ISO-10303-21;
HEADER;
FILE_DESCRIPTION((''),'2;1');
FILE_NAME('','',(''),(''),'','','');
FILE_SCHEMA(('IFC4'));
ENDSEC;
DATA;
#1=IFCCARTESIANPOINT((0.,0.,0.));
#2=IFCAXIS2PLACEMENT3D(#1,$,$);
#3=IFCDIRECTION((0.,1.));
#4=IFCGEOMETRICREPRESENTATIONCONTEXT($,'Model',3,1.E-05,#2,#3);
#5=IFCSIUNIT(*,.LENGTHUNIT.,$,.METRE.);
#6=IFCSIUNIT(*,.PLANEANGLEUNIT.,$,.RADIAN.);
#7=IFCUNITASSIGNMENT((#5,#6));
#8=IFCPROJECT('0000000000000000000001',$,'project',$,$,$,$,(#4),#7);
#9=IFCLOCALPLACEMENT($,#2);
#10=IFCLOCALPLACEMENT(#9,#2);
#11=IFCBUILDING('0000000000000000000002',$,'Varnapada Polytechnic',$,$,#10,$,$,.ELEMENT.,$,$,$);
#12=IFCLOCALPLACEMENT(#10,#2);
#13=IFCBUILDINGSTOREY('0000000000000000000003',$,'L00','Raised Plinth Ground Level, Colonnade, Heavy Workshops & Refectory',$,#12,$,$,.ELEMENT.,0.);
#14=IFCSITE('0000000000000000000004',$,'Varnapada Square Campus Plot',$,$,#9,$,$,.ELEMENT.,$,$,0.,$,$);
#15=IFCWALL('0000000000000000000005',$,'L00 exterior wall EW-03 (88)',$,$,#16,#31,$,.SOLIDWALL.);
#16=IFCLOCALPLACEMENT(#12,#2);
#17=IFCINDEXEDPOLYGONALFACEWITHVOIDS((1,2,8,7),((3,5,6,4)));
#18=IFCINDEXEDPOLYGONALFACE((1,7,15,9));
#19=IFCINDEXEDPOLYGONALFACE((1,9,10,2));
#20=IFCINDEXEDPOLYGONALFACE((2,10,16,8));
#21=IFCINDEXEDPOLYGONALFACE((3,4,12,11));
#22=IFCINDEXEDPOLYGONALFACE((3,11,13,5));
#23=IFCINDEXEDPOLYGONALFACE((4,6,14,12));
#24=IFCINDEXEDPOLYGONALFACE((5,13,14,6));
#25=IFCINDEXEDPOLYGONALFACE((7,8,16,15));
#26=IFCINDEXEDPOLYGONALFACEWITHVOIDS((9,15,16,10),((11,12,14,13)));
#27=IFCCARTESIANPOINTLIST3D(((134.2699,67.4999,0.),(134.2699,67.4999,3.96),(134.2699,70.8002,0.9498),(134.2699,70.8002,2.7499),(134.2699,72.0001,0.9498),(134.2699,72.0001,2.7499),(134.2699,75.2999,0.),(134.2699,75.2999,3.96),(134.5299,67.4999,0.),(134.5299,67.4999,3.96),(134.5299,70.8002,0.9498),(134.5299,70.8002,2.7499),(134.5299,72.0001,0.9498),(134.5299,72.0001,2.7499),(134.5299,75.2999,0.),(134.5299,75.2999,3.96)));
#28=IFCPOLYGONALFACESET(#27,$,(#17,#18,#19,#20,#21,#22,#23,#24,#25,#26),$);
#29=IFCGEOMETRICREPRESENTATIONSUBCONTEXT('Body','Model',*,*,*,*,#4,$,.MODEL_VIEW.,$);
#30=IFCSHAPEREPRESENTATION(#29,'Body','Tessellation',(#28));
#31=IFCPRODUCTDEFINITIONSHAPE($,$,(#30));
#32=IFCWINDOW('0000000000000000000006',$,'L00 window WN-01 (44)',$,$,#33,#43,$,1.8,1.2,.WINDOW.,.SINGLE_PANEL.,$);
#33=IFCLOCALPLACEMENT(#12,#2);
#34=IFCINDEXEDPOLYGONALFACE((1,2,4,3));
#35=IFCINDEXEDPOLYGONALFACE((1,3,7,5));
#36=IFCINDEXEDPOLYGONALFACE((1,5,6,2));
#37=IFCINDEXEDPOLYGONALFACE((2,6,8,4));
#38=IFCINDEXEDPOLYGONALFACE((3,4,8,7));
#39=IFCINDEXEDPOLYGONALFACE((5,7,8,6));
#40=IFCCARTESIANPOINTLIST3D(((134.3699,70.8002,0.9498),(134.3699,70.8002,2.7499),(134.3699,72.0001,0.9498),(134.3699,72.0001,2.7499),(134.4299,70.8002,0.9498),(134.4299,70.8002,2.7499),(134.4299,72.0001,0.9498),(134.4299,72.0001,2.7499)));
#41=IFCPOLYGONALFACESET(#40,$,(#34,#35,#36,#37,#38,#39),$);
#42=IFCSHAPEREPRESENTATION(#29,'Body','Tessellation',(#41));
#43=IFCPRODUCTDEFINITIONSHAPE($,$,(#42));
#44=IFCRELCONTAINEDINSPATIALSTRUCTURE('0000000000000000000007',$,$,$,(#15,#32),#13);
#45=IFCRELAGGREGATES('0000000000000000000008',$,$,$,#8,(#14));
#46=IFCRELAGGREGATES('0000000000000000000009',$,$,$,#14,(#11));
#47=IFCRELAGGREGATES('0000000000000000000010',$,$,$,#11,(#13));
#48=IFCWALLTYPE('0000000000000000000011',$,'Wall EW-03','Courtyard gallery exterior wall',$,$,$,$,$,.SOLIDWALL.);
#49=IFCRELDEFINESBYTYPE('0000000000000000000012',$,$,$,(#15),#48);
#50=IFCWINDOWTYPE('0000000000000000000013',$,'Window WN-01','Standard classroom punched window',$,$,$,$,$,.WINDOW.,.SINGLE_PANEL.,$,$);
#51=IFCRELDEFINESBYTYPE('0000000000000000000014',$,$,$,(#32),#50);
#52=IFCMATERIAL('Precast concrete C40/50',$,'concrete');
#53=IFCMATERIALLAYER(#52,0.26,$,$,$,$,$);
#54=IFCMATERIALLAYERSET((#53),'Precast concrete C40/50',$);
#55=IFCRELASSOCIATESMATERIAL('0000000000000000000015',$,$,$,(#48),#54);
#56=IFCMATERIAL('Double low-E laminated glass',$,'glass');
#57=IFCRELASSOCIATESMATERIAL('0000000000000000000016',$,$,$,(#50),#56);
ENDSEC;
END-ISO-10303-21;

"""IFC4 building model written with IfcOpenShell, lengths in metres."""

from ifc_helpers import new_model, si_unit, direction, frame, frame_2d, origin, place, context, subcontext, project, spatial, rectangle, extrude, material, layer, layer_set, type_object, element, fill, save


model = new_model("IFC4")

# Units and contexts
model_context = context("Model", 3, precision=1e-05, world=origin(), true_north=direction((0.0, 1.0)))
body_context = subcontext(model_context, "Body", "Model", "MODEL_VIEW")
ifc_project = project(units=[si_unit("LENGTHUNIT", "METRE"), si_unit("PLANEANGLEUNIT", "RADIAN")], contexts=[model_context])

# Site, building, storey
site_placement = place(None, origin())
site = spatial("IfcSite", under=ifc_project, at=site_placement, Name="Varnapada Square Campus Plot", CompositionType="ELEMENT", RefElevation=0.0)
building_placement = place(site_placement, origin())
building = spatial("IfcBuilding", under=site, at=building_placement, Name="Varnapada Polytechnic", CompositionType="ELEMENT")
storey_placement = place(building_placement, origin())
storey = spatial("IfcBuildingStorey", under=building, at=storey_placement, Name="L00", Description="Raised Plinth Ground Level, Colonnade, Heavy Workshops & Refectory", CompositionType="ELEMENT", Elevation=0.0)

# Shared definitions
ifc_material_1 = material(Name="Double low-E laminated glass", Category="glass")

# Wall, opening, window
ifc_material_2 = material(Name="Precast concrete C40/50", Category="concrete")
ifc_layer_1 = layer(ifc_material_2, 0.26)
ifc_layer_set_1 = layer_set([ifc_layer_1], Name="Precast concrete C40/50")
wall_type_1 = type_object("IfcWallType", Name="Wall EW-03", Description="Courtyard gallery exterior wall", PredefinedType="SOLIDWALL", material=ifc_layer_set_1)
wall_1_placement = place(storey_placement, frame((134.3999, 67.5, 0.0), z_axis=(0.0, 0.0, 1.0), x_axis=(0.0, 1.0, 0.0)))
wall_1 = element("IfcWall", 1, at=wall_1_placement, inside=storey, type_object=wall_type_1, Name="L00 exterior wall EW-03 (88)", PredefinedType="SOLIDWALL", context=body_context, shape_type="SweptSolid", body=[
    extrude(rectangle(XDim=7.8, YDim=0.26, at=frame_2d((3.8999, 0.0))), origin(), (0.0, 0.0, 1.0), 3.96),
])
opening_placement = place(wall_1_placement, frame((3.3, 0.0, 0.95)))
opening = element("IfcOpeningElement", 2, at=opening_placement, cuts=wall_1, PredefinedType="OPENING", context=body_context, shape_type="SweptSolid", body=[
    extrude(rectangle(XDim=1.2, YDim=1.8, at=frame_2d((0.6001, 0.8999))), frame((0.0, 0.1399, 0.0), z_axis=(0.0, -1.0, 0.0), x_axis=(1.0, 0.0, 0.0)), (0.0, 0.0, 1.0), 0.28),
])
window_type = type_object("IfcWindowType", Name="Window WN-01", Description="Standard classroom punched window", PartitioningType="SINGLE_PANEL", PredefinedType="WINDOW", material=ifc_material_1)
window_placement = place(opening_placement, origin())
window = element("IfcWindow", 3, at=window_placement, inside=storey, type_object=window_type, Name="L00 window WN-01 (44)", OverallHeight=1.8, OverallWidth=1.2, PartitioningType="SINGLE_PANEL", PredefinedType="WINDOW", context=body_context, shape_type="SweptSolid", body=[
    extrude(rectangle(XDim=1.2, YDim=1.8, at=frame_2d((0.6001, 0.8999))), frame((0.0, 0.03, 0.0), z_axis=(0.0, -1.0, 0.0), x_axis=(1.0, 0.0, 0.0)), (0.0, 0.0, 1.0), 0.0601),
])
fill(opening, window)

save(model, "model.ifc")
